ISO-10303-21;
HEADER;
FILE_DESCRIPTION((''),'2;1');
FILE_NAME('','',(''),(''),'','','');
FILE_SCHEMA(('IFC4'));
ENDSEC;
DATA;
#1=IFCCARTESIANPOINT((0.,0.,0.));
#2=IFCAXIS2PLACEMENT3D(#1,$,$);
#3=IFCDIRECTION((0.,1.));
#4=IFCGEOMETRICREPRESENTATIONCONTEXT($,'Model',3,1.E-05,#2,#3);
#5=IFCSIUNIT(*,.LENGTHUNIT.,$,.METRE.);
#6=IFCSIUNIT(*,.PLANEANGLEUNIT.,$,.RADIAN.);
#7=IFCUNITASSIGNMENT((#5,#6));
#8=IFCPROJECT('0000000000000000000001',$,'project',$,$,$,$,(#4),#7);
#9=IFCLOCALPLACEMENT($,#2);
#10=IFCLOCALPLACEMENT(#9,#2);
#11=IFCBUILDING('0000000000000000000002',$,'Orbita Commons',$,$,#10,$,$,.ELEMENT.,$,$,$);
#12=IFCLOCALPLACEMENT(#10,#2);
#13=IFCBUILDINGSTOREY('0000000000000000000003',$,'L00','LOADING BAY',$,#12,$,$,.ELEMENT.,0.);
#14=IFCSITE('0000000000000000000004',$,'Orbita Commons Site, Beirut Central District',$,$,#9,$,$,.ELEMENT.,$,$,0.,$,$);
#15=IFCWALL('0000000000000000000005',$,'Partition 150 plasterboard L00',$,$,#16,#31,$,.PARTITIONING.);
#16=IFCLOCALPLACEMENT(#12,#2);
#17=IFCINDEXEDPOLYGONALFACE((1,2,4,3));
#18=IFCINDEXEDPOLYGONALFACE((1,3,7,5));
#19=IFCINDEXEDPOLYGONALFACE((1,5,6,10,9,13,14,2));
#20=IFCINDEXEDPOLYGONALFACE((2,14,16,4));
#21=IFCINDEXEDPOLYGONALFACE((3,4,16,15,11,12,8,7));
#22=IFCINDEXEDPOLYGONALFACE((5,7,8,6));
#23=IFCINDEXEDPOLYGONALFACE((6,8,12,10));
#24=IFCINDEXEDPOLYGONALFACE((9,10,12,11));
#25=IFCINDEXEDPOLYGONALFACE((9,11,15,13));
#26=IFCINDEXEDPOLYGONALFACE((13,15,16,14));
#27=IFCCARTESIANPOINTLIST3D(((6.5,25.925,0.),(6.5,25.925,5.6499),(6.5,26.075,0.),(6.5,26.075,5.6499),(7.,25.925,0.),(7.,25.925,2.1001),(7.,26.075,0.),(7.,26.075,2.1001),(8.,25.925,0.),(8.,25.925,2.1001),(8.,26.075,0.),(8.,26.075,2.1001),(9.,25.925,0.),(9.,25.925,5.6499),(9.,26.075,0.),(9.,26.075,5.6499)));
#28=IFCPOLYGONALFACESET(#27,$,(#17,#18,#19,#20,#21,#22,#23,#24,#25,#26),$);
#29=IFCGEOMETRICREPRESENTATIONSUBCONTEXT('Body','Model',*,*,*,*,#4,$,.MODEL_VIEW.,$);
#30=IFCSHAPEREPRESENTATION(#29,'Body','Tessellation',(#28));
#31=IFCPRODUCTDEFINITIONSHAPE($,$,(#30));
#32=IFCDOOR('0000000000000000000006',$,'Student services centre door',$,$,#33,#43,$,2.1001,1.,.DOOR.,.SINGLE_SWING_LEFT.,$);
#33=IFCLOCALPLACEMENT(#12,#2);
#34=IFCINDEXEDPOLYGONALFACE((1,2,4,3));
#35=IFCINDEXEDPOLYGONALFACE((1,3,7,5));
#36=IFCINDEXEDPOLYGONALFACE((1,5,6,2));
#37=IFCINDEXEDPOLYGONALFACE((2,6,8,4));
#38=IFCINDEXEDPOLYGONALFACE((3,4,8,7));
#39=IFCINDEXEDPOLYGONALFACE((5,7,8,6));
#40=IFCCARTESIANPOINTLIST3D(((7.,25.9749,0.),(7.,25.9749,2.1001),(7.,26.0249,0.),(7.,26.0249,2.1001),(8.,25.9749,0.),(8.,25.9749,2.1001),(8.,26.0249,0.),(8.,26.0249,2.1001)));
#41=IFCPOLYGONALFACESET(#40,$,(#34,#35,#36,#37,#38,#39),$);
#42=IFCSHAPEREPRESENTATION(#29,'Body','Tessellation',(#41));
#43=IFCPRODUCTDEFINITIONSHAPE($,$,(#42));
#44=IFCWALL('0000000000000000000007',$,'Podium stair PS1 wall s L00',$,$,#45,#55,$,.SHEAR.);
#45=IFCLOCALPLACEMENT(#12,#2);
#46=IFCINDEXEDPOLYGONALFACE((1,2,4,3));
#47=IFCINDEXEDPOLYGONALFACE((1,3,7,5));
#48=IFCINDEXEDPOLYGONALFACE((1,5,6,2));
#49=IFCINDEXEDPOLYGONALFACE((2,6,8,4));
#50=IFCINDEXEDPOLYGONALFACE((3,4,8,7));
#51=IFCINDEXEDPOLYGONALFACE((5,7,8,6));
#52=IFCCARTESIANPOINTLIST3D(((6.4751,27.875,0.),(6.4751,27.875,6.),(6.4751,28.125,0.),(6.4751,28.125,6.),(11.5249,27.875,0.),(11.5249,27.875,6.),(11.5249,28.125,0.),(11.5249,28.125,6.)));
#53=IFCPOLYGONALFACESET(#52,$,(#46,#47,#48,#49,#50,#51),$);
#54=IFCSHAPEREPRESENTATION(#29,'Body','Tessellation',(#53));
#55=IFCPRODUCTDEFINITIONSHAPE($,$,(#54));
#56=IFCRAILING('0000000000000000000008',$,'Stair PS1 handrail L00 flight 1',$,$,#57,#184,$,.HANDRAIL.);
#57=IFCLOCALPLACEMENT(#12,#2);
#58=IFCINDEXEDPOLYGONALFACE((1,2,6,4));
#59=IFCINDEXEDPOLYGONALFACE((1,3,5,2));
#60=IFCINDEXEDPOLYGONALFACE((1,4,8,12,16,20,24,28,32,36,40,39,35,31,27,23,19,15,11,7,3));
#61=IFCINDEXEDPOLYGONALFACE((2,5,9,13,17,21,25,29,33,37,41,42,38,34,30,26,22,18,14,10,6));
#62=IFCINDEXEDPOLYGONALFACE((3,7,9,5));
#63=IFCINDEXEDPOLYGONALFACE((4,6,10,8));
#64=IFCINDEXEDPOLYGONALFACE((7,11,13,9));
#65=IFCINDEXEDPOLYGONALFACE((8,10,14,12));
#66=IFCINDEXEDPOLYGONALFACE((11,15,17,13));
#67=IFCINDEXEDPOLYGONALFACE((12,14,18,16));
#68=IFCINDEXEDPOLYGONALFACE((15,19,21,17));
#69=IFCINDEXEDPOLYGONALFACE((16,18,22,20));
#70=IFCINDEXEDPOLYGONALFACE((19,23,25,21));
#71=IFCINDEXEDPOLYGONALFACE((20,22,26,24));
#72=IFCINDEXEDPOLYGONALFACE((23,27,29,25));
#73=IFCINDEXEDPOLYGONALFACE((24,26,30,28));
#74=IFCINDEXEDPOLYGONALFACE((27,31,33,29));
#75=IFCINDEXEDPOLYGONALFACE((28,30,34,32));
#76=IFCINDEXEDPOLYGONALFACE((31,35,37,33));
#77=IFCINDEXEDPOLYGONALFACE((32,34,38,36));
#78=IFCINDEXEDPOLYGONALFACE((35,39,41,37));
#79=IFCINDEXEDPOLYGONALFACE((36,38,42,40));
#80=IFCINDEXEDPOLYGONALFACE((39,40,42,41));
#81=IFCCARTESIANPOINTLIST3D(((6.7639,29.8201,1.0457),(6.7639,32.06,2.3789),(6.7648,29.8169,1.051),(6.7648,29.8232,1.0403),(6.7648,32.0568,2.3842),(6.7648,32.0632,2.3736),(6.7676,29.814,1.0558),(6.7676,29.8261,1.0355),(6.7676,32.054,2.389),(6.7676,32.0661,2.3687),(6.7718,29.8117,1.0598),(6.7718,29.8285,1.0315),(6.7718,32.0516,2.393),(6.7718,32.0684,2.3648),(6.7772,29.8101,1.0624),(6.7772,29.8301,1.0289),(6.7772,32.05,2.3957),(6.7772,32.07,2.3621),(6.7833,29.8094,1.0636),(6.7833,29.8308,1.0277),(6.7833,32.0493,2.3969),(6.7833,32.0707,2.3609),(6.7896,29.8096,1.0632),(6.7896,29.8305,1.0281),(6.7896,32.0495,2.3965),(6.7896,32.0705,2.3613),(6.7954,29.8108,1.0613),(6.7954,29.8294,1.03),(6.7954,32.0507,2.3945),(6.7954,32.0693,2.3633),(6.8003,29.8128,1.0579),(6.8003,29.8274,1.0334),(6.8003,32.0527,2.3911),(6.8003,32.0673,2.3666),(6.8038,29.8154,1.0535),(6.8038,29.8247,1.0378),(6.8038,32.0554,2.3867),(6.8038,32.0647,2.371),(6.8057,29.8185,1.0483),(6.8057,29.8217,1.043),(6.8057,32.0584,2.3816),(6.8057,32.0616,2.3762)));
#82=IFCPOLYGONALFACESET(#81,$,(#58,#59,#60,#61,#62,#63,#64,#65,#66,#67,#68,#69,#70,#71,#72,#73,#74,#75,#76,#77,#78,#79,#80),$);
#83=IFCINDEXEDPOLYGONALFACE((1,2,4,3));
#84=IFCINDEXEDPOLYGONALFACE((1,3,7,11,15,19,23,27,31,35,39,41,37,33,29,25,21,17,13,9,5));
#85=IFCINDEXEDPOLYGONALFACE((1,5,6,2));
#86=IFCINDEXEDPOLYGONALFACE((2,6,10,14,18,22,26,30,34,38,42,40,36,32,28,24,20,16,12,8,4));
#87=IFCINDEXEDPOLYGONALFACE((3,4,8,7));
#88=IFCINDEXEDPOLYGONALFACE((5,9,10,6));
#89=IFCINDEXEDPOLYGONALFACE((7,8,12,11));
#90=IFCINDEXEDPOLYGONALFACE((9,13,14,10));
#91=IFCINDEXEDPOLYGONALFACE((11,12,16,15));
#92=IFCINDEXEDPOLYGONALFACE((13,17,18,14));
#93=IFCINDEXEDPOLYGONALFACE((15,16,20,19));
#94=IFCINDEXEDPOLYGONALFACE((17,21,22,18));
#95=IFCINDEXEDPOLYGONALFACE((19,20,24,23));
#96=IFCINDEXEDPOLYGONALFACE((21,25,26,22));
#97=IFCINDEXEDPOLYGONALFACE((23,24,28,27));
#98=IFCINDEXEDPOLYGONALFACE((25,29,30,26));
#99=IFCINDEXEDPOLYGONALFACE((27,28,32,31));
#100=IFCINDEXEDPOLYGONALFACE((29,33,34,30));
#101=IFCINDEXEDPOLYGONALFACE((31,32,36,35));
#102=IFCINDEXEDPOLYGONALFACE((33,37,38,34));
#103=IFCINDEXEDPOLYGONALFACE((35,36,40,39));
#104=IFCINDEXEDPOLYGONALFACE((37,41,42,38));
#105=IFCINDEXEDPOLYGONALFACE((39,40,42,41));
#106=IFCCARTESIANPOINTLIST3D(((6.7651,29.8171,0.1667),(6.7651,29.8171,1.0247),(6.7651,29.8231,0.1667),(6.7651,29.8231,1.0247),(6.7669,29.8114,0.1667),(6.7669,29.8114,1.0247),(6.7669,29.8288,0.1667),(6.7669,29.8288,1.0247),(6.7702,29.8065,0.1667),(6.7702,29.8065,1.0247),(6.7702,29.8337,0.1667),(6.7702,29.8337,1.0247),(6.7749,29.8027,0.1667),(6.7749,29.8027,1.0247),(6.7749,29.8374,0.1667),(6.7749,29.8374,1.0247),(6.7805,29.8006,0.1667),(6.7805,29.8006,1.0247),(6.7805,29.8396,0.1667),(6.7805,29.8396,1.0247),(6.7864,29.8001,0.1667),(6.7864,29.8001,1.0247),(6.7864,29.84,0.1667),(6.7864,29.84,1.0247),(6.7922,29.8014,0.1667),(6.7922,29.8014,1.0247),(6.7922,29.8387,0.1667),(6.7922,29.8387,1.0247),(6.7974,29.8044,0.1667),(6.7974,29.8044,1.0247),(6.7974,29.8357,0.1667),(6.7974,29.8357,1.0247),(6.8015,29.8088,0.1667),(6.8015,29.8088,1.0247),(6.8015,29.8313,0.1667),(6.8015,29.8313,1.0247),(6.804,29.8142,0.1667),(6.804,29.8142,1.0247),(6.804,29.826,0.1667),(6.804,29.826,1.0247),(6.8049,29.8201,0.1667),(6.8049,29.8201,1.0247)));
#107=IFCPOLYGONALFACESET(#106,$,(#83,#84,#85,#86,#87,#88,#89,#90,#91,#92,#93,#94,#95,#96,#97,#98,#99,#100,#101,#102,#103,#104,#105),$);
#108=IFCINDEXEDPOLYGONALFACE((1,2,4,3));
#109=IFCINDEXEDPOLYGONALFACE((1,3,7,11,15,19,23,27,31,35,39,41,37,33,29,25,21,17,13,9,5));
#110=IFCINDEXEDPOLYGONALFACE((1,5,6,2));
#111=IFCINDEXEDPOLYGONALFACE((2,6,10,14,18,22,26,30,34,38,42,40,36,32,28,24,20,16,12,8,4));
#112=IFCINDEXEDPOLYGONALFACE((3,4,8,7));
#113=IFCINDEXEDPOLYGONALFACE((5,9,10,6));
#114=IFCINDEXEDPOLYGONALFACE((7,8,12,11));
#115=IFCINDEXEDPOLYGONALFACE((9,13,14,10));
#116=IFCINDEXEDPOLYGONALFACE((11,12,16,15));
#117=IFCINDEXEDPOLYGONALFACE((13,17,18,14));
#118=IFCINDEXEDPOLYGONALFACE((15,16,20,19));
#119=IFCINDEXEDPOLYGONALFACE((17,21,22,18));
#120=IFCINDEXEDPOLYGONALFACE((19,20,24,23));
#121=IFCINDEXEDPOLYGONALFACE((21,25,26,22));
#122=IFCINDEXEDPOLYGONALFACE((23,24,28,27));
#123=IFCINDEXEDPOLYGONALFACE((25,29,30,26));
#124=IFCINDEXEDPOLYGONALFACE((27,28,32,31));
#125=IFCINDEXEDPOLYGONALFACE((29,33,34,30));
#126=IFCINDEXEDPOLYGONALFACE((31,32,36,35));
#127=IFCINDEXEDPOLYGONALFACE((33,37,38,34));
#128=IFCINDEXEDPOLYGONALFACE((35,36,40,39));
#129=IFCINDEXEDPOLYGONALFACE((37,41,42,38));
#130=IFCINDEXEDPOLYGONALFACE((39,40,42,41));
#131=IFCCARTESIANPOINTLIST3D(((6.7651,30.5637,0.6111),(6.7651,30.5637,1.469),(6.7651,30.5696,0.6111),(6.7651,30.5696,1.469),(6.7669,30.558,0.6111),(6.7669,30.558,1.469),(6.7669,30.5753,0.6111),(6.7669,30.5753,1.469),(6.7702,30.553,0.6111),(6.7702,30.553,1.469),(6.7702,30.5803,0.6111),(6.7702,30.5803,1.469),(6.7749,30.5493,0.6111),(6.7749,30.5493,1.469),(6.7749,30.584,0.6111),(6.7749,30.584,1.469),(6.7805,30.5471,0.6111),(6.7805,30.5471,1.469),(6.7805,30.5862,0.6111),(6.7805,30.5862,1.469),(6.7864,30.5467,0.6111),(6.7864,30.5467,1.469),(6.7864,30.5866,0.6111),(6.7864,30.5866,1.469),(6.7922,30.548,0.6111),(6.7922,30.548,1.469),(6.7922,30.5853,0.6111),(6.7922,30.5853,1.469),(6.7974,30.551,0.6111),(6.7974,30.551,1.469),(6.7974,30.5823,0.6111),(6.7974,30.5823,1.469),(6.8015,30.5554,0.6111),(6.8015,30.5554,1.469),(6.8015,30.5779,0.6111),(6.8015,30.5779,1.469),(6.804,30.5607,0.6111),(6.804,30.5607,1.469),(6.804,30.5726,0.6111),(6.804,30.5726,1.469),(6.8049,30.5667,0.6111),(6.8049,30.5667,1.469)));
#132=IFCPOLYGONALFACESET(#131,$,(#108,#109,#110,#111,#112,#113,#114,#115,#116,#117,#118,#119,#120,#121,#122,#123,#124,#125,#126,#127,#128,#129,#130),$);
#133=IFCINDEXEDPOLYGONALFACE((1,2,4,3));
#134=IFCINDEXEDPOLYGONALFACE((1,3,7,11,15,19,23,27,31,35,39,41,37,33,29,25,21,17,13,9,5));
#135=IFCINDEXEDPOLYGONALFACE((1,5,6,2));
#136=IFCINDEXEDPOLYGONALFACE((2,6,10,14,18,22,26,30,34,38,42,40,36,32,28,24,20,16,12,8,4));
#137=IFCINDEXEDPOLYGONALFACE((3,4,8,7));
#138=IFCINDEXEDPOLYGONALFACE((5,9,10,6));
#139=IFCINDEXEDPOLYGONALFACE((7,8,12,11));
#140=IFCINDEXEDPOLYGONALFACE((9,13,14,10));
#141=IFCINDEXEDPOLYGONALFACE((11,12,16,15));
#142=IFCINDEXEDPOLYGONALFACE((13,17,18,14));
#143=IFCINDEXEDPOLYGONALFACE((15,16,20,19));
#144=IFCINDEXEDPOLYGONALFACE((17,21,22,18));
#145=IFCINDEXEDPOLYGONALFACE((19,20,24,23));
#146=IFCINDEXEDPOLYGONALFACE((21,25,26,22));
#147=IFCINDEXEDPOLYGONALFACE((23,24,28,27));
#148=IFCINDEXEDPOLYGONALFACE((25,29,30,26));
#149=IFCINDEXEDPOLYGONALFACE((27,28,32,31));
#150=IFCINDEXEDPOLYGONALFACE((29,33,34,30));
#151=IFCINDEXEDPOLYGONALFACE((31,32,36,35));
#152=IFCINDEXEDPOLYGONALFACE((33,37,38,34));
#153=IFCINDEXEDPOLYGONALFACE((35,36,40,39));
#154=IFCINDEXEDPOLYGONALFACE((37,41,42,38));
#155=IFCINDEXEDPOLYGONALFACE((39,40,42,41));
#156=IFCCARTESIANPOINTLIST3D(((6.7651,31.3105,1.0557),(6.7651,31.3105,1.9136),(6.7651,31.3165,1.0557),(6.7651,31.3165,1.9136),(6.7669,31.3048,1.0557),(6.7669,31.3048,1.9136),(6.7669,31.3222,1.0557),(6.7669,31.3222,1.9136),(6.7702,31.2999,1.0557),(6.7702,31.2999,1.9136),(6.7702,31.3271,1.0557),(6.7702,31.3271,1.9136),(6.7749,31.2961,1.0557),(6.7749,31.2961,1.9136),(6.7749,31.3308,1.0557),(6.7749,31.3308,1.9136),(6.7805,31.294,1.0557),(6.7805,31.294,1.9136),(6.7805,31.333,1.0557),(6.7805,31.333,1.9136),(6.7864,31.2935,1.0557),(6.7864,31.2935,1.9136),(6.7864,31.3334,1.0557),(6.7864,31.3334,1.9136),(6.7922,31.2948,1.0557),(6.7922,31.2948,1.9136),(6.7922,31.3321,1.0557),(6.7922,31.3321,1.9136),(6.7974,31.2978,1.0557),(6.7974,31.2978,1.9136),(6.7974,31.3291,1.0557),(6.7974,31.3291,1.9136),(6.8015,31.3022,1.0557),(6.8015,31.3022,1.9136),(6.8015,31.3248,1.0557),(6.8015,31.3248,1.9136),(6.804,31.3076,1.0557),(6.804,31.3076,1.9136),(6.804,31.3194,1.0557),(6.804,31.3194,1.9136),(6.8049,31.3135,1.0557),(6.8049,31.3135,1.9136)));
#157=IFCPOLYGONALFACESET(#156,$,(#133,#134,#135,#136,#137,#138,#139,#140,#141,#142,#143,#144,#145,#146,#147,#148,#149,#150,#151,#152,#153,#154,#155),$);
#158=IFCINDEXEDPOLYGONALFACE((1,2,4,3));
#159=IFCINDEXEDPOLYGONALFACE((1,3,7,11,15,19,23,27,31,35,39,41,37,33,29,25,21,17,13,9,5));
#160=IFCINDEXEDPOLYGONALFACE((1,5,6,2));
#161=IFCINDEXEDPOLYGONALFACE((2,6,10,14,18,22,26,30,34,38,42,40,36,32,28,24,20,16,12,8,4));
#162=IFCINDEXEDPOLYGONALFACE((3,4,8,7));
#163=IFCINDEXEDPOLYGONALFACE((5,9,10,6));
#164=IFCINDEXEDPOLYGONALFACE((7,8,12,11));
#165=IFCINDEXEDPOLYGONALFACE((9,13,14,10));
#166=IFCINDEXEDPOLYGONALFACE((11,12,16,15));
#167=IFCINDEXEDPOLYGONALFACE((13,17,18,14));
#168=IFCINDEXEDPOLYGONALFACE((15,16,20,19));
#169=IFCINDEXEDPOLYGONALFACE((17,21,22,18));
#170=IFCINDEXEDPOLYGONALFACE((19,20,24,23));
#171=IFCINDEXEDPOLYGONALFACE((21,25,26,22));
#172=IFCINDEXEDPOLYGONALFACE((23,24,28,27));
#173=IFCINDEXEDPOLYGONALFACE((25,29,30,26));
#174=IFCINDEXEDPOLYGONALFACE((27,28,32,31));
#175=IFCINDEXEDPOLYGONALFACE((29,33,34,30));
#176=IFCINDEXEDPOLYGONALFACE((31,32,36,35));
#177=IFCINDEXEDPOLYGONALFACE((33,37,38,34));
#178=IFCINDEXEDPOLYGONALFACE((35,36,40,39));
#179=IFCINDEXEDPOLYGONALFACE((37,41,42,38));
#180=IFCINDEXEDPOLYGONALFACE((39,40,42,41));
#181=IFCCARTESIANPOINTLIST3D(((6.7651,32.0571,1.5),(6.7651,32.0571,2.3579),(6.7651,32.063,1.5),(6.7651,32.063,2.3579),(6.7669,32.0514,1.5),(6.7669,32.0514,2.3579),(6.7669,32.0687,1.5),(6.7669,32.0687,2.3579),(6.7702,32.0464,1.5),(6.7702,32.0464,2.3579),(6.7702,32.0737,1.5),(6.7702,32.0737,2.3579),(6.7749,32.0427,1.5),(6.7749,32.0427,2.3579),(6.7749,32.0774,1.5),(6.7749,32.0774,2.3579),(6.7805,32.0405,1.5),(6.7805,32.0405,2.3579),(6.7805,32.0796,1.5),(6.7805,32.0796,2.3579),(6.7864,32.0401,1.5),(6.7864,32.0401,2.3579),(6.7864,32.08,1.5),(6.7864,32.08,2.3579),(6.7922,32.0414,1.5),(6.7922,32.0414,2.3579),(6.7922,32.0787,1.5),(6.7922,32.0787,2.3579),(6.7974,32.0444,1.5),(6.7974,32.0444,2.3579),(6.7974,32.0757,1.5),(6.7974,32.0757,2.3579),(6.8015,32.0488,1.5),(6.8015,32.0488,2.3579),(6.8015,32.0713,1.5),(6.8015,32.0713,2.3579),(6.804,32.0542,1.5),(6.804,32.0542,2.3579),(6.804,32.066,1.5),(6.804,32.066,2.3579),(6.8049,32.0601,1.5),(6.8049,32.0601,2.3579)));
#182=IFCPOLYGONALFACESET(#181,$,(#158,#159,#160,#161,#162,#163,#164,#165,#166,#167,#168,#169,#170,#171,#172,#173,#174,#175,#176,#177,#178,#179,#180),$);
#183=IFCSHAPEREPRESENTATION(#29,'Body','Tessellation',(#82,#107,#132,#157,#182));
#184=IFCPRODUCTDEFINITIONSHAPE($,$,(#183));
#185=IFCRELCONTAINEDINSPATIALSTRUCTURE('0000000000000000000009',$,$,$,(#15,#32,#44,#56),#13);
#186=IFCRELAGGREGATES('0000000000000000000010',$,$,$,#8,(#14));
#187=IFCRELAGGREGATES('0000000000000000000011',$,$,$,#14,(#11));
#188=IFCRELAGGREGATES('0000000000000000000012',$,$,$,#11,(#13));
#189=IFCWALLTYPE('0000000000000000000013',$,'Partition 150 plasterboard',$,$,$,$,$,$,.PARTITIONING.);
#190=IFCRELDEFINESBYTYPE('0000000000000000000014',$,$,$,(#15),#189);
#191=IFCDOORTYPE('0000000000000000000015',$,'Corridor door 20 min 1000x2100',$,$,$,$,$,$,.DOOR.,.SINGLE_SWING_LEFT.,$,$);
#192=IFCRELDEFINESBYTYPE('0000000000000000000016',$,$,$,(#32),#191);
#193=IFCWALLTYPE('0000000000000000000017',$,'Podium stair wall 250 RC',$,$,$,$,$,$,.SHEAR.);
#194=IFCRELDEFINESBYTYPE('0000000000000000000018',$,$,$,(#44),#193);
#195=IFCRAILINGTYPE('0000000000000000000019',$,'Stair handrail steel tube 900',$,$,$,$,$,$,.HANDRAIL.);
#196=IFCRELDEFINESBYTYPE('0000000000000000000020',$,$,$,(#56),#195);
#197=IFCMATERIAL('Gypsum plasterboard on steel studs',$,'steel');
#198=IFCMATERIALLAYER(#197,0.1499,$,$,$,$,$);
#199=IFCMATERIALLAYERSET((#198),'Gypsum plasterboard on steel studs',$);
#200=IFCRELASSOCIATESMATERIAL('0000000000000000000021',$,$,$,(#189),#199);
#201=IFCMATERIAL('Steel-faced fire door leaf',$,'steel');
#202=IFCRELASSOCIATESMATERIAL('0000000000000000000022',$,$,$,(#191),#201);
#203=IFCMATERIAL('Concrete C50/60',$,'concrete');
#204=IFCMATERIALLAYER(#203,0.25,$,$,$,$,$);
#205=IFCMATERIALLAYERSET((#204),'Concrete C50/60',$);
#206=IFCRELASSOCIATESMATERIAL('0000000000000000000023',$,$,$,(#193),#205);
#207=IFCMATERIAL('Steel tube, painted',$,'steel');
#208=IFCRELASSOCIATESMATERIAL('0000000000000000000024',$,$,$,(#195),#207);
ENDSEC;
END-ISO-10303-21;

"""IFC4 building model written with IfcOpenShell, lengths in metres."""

from ifc_helpers import new_model, si_unit, direction, frame, frame_2d, origin, origin_2d, place, context, subcontext, project, spatial, rectangle, circle, extrude, material, layer, layer_set, type_object, element, fill, save


model = new_model("IFC4")

# Units and contexts
model_context = context("Model", 3, precision=1e-05, world=origin(), true_north=direction((0.0, 1.0)))
body_context = subcontext(model_context, "Body", "Model", "MODEL_VIEW")
ifc_project = project(units=[si_unit("LENGTHUNIT", "METRE"), si_unit("PLANEANGLEUNIT", "RADIAN")], contexts=[model_context])

# Site, building, storey
site_placement = place(None, origin())
site = spatial("IfcSite", under=ifc_project, at=site_placement, Name="Orbita Commons Site, Beirut Central District", CompositionType="ELEMENT", RefElevation=0.0)
building_placement = place(site_placement, origin())
building = spatial("IfcBuilding", under=site, at=building_placement, Name="Orbita Commons", CompositionType="ELEMENT")
storey_placement = place(building_placement, origin())
storey = spatial("IfcBuildingStorey", under=building, at=storey_placement, Name="L00", Description="LOADING BAY", CompositionType="ELEMENT", Elevation=0.0)

# Wall, opening, door
ifc_material_1 = material(Name="Gypsum plasterboard on steel studs", Category="steel")
ifc_layer_1 = layer(ifc_material_1, 0.1499)
ifc_layer_set_1 = layer_set([ifc_layer_1], Name="Gypsum plasterboard on steel studs")
wall_type_1 = type_object("IfcWallType", Name="Partition 150 plasterboard", PredefinedType="PARTITIONING", material=ifc_layer_set_1)
wall_1_placement = place(storey_placement, frame((6.5, 26.0, 0.0), z_axis=(0.0, 0.0, 1.0), x_axis=(1.0, 0.0, 0.0)))
wall_1 = element("IfcWall", 1, at=wall_1_placement, inside=storey, type_object=wall_type_1, Name="Partition 150 plasterboard L00", PredefinedType="PARTITIONING", context=body_context, shape_type="SweptSolid", body=[
    extrude(rectangle(XDim=2.5, YDim=0.1499, at=frame_2d((1.25, 0.0))), origin(), (0.0, 0.0, 1.0), 5.6499),
])
opening_placement = place(wall_1_placement, frame((0.5, 0.0, 0.0)))
opening = element("IfcOpeningElement", 2, at=opening_placement, cuts=wall_1, PredefinedType="OPENING", context=body_context, shape_type="SweptSolid", body=[
    extrude(rectangle(XDim=1.0, YDim=2.1001, at=frame_2d((0.5, 1.05))), frame((0.0, 0.085, 0.0), z_axis=(0.0, -1.0, 0.0), x_axis=(1.0, 0.0, 0.0)), (0.0, 0.0, 1.0), 0.1699),
])
ifc_material_2 = material(Name="Steel-faced fire door leaf", Category="steel")
door_type = type_object("IfcDoorType", Name="Corridor door 20 min 1000x2100", OperationType="SINGLE_SWING_LEFT", PredefinedType="DOOR", material=ifc_material_2)
door_placement = place(opening_placement, origin())
door = element("IfcDoor", 3, at=door_placement, inside=storey, type_object=door_type, Name="Student services centre door", OperationType="SINGLE_SWING_LEFT", OverallHeight=2.1001, OverallWidth=1.0, PredefinedType="DOOR", context=body_context, shape_type="SweptSolid", body=[
    extrude(rectangle(XDim=1.0, YDim=2.1001, at=frame_2d((0.5, 1.05))), frame((0.0, 0.0249, 0.0), z_axis=(0.0, -1.0, 0.0), x_axis=(1.0, 0.0, 0.0)), (0.0, 0.0, 1.0), 0.05),
])
fill(opening, door)

# Wall
ifc_material_3 = material(Name="Concrete C50/60", Category="concrete")
ifc_layer_2 = layer(ifc_material_3, 0.25)
ifc_layer_set_2 = layer_set([ifc_layer_2], Name="Concrete C50/60")
wall_type_2 = type_object("IfcWallType", Name="Podium stair wall 250 RC", PredefinedType="SHEAR", material=ifc_layer_set_2)
wall_2_placement = place(storey_placement, frame((6.4751, 28.0, 0.0), z_axis=(0.0, 0.0, 1.0), x_axis=(1.0, 0.0, 0.0)))
element("IfcWall", 4, at=wall_2_placement, inside=storey, type_object=wall_type_2, Name="Podium stair PS1 wall s L00", PredefinedType="SHEAR", context=body_context, shape_type="SweptSolid", body=[
    extrude(rectangle(XDim=5.0498, YDim=0.25, at=frame_2d((2.5249, 0.0))), origin(), (0.0, 0.0, 1.0), 6.0),
])

# Railing
ifc_material_4 = material(Name="Steel tube, painted", Category="steel")
railing_type_1 = type_object("IfcRailingType", Name="Stair handrail steel tube 900", PredefinedType="HANDRAIL", material=ifc_material_4)
for number, where, name in (
    (5, (6.7849, 29.8201, 0.1667), "Stair PS1 handrail L00 flight 1"),
):
    element("IfcRailing", number, at=place(storey_placement, frame(where)), inside=storey, type_object=railing_type_1, Name=name, PredefinedType="HANDRAIL", context=body_context, shape_type="SweptSolid", body=[
        extrude(circle(Radius=0.021, at=origin_2d()), frame((0.0, 0.0, 0.8789), z_axis=(0.0, 0.859306, 0.511462), x_axis=(-1.0, 0.0, 0.0)), (0.0, 0.0, 1.0), 2.6067),
        extrude(circle(Radius=0.02, at=origin_2d()), origin(), (0.0, 0.0, 1.0), 0.8579),
        extrude(circle(Radius=0.02, at=origin_2d()), frame((0.0, 0.7466, 0.4443)), (0.0, 0.0, 1.0), 0.8579),
        extrude(circle(Radius=0.02, at=origin_2d()), frame((0.0, 1.4934, 0.8889)), (0.0, 0.0, 1.0), 0.8579),
        extrude(circle(Radius=0.02, at=origin_2d()), frame((0.0, 2.24, 1.3333)), (0.0, 0.0, 1.0), 0.8579),
    ])

save(model, "model.ifc")
